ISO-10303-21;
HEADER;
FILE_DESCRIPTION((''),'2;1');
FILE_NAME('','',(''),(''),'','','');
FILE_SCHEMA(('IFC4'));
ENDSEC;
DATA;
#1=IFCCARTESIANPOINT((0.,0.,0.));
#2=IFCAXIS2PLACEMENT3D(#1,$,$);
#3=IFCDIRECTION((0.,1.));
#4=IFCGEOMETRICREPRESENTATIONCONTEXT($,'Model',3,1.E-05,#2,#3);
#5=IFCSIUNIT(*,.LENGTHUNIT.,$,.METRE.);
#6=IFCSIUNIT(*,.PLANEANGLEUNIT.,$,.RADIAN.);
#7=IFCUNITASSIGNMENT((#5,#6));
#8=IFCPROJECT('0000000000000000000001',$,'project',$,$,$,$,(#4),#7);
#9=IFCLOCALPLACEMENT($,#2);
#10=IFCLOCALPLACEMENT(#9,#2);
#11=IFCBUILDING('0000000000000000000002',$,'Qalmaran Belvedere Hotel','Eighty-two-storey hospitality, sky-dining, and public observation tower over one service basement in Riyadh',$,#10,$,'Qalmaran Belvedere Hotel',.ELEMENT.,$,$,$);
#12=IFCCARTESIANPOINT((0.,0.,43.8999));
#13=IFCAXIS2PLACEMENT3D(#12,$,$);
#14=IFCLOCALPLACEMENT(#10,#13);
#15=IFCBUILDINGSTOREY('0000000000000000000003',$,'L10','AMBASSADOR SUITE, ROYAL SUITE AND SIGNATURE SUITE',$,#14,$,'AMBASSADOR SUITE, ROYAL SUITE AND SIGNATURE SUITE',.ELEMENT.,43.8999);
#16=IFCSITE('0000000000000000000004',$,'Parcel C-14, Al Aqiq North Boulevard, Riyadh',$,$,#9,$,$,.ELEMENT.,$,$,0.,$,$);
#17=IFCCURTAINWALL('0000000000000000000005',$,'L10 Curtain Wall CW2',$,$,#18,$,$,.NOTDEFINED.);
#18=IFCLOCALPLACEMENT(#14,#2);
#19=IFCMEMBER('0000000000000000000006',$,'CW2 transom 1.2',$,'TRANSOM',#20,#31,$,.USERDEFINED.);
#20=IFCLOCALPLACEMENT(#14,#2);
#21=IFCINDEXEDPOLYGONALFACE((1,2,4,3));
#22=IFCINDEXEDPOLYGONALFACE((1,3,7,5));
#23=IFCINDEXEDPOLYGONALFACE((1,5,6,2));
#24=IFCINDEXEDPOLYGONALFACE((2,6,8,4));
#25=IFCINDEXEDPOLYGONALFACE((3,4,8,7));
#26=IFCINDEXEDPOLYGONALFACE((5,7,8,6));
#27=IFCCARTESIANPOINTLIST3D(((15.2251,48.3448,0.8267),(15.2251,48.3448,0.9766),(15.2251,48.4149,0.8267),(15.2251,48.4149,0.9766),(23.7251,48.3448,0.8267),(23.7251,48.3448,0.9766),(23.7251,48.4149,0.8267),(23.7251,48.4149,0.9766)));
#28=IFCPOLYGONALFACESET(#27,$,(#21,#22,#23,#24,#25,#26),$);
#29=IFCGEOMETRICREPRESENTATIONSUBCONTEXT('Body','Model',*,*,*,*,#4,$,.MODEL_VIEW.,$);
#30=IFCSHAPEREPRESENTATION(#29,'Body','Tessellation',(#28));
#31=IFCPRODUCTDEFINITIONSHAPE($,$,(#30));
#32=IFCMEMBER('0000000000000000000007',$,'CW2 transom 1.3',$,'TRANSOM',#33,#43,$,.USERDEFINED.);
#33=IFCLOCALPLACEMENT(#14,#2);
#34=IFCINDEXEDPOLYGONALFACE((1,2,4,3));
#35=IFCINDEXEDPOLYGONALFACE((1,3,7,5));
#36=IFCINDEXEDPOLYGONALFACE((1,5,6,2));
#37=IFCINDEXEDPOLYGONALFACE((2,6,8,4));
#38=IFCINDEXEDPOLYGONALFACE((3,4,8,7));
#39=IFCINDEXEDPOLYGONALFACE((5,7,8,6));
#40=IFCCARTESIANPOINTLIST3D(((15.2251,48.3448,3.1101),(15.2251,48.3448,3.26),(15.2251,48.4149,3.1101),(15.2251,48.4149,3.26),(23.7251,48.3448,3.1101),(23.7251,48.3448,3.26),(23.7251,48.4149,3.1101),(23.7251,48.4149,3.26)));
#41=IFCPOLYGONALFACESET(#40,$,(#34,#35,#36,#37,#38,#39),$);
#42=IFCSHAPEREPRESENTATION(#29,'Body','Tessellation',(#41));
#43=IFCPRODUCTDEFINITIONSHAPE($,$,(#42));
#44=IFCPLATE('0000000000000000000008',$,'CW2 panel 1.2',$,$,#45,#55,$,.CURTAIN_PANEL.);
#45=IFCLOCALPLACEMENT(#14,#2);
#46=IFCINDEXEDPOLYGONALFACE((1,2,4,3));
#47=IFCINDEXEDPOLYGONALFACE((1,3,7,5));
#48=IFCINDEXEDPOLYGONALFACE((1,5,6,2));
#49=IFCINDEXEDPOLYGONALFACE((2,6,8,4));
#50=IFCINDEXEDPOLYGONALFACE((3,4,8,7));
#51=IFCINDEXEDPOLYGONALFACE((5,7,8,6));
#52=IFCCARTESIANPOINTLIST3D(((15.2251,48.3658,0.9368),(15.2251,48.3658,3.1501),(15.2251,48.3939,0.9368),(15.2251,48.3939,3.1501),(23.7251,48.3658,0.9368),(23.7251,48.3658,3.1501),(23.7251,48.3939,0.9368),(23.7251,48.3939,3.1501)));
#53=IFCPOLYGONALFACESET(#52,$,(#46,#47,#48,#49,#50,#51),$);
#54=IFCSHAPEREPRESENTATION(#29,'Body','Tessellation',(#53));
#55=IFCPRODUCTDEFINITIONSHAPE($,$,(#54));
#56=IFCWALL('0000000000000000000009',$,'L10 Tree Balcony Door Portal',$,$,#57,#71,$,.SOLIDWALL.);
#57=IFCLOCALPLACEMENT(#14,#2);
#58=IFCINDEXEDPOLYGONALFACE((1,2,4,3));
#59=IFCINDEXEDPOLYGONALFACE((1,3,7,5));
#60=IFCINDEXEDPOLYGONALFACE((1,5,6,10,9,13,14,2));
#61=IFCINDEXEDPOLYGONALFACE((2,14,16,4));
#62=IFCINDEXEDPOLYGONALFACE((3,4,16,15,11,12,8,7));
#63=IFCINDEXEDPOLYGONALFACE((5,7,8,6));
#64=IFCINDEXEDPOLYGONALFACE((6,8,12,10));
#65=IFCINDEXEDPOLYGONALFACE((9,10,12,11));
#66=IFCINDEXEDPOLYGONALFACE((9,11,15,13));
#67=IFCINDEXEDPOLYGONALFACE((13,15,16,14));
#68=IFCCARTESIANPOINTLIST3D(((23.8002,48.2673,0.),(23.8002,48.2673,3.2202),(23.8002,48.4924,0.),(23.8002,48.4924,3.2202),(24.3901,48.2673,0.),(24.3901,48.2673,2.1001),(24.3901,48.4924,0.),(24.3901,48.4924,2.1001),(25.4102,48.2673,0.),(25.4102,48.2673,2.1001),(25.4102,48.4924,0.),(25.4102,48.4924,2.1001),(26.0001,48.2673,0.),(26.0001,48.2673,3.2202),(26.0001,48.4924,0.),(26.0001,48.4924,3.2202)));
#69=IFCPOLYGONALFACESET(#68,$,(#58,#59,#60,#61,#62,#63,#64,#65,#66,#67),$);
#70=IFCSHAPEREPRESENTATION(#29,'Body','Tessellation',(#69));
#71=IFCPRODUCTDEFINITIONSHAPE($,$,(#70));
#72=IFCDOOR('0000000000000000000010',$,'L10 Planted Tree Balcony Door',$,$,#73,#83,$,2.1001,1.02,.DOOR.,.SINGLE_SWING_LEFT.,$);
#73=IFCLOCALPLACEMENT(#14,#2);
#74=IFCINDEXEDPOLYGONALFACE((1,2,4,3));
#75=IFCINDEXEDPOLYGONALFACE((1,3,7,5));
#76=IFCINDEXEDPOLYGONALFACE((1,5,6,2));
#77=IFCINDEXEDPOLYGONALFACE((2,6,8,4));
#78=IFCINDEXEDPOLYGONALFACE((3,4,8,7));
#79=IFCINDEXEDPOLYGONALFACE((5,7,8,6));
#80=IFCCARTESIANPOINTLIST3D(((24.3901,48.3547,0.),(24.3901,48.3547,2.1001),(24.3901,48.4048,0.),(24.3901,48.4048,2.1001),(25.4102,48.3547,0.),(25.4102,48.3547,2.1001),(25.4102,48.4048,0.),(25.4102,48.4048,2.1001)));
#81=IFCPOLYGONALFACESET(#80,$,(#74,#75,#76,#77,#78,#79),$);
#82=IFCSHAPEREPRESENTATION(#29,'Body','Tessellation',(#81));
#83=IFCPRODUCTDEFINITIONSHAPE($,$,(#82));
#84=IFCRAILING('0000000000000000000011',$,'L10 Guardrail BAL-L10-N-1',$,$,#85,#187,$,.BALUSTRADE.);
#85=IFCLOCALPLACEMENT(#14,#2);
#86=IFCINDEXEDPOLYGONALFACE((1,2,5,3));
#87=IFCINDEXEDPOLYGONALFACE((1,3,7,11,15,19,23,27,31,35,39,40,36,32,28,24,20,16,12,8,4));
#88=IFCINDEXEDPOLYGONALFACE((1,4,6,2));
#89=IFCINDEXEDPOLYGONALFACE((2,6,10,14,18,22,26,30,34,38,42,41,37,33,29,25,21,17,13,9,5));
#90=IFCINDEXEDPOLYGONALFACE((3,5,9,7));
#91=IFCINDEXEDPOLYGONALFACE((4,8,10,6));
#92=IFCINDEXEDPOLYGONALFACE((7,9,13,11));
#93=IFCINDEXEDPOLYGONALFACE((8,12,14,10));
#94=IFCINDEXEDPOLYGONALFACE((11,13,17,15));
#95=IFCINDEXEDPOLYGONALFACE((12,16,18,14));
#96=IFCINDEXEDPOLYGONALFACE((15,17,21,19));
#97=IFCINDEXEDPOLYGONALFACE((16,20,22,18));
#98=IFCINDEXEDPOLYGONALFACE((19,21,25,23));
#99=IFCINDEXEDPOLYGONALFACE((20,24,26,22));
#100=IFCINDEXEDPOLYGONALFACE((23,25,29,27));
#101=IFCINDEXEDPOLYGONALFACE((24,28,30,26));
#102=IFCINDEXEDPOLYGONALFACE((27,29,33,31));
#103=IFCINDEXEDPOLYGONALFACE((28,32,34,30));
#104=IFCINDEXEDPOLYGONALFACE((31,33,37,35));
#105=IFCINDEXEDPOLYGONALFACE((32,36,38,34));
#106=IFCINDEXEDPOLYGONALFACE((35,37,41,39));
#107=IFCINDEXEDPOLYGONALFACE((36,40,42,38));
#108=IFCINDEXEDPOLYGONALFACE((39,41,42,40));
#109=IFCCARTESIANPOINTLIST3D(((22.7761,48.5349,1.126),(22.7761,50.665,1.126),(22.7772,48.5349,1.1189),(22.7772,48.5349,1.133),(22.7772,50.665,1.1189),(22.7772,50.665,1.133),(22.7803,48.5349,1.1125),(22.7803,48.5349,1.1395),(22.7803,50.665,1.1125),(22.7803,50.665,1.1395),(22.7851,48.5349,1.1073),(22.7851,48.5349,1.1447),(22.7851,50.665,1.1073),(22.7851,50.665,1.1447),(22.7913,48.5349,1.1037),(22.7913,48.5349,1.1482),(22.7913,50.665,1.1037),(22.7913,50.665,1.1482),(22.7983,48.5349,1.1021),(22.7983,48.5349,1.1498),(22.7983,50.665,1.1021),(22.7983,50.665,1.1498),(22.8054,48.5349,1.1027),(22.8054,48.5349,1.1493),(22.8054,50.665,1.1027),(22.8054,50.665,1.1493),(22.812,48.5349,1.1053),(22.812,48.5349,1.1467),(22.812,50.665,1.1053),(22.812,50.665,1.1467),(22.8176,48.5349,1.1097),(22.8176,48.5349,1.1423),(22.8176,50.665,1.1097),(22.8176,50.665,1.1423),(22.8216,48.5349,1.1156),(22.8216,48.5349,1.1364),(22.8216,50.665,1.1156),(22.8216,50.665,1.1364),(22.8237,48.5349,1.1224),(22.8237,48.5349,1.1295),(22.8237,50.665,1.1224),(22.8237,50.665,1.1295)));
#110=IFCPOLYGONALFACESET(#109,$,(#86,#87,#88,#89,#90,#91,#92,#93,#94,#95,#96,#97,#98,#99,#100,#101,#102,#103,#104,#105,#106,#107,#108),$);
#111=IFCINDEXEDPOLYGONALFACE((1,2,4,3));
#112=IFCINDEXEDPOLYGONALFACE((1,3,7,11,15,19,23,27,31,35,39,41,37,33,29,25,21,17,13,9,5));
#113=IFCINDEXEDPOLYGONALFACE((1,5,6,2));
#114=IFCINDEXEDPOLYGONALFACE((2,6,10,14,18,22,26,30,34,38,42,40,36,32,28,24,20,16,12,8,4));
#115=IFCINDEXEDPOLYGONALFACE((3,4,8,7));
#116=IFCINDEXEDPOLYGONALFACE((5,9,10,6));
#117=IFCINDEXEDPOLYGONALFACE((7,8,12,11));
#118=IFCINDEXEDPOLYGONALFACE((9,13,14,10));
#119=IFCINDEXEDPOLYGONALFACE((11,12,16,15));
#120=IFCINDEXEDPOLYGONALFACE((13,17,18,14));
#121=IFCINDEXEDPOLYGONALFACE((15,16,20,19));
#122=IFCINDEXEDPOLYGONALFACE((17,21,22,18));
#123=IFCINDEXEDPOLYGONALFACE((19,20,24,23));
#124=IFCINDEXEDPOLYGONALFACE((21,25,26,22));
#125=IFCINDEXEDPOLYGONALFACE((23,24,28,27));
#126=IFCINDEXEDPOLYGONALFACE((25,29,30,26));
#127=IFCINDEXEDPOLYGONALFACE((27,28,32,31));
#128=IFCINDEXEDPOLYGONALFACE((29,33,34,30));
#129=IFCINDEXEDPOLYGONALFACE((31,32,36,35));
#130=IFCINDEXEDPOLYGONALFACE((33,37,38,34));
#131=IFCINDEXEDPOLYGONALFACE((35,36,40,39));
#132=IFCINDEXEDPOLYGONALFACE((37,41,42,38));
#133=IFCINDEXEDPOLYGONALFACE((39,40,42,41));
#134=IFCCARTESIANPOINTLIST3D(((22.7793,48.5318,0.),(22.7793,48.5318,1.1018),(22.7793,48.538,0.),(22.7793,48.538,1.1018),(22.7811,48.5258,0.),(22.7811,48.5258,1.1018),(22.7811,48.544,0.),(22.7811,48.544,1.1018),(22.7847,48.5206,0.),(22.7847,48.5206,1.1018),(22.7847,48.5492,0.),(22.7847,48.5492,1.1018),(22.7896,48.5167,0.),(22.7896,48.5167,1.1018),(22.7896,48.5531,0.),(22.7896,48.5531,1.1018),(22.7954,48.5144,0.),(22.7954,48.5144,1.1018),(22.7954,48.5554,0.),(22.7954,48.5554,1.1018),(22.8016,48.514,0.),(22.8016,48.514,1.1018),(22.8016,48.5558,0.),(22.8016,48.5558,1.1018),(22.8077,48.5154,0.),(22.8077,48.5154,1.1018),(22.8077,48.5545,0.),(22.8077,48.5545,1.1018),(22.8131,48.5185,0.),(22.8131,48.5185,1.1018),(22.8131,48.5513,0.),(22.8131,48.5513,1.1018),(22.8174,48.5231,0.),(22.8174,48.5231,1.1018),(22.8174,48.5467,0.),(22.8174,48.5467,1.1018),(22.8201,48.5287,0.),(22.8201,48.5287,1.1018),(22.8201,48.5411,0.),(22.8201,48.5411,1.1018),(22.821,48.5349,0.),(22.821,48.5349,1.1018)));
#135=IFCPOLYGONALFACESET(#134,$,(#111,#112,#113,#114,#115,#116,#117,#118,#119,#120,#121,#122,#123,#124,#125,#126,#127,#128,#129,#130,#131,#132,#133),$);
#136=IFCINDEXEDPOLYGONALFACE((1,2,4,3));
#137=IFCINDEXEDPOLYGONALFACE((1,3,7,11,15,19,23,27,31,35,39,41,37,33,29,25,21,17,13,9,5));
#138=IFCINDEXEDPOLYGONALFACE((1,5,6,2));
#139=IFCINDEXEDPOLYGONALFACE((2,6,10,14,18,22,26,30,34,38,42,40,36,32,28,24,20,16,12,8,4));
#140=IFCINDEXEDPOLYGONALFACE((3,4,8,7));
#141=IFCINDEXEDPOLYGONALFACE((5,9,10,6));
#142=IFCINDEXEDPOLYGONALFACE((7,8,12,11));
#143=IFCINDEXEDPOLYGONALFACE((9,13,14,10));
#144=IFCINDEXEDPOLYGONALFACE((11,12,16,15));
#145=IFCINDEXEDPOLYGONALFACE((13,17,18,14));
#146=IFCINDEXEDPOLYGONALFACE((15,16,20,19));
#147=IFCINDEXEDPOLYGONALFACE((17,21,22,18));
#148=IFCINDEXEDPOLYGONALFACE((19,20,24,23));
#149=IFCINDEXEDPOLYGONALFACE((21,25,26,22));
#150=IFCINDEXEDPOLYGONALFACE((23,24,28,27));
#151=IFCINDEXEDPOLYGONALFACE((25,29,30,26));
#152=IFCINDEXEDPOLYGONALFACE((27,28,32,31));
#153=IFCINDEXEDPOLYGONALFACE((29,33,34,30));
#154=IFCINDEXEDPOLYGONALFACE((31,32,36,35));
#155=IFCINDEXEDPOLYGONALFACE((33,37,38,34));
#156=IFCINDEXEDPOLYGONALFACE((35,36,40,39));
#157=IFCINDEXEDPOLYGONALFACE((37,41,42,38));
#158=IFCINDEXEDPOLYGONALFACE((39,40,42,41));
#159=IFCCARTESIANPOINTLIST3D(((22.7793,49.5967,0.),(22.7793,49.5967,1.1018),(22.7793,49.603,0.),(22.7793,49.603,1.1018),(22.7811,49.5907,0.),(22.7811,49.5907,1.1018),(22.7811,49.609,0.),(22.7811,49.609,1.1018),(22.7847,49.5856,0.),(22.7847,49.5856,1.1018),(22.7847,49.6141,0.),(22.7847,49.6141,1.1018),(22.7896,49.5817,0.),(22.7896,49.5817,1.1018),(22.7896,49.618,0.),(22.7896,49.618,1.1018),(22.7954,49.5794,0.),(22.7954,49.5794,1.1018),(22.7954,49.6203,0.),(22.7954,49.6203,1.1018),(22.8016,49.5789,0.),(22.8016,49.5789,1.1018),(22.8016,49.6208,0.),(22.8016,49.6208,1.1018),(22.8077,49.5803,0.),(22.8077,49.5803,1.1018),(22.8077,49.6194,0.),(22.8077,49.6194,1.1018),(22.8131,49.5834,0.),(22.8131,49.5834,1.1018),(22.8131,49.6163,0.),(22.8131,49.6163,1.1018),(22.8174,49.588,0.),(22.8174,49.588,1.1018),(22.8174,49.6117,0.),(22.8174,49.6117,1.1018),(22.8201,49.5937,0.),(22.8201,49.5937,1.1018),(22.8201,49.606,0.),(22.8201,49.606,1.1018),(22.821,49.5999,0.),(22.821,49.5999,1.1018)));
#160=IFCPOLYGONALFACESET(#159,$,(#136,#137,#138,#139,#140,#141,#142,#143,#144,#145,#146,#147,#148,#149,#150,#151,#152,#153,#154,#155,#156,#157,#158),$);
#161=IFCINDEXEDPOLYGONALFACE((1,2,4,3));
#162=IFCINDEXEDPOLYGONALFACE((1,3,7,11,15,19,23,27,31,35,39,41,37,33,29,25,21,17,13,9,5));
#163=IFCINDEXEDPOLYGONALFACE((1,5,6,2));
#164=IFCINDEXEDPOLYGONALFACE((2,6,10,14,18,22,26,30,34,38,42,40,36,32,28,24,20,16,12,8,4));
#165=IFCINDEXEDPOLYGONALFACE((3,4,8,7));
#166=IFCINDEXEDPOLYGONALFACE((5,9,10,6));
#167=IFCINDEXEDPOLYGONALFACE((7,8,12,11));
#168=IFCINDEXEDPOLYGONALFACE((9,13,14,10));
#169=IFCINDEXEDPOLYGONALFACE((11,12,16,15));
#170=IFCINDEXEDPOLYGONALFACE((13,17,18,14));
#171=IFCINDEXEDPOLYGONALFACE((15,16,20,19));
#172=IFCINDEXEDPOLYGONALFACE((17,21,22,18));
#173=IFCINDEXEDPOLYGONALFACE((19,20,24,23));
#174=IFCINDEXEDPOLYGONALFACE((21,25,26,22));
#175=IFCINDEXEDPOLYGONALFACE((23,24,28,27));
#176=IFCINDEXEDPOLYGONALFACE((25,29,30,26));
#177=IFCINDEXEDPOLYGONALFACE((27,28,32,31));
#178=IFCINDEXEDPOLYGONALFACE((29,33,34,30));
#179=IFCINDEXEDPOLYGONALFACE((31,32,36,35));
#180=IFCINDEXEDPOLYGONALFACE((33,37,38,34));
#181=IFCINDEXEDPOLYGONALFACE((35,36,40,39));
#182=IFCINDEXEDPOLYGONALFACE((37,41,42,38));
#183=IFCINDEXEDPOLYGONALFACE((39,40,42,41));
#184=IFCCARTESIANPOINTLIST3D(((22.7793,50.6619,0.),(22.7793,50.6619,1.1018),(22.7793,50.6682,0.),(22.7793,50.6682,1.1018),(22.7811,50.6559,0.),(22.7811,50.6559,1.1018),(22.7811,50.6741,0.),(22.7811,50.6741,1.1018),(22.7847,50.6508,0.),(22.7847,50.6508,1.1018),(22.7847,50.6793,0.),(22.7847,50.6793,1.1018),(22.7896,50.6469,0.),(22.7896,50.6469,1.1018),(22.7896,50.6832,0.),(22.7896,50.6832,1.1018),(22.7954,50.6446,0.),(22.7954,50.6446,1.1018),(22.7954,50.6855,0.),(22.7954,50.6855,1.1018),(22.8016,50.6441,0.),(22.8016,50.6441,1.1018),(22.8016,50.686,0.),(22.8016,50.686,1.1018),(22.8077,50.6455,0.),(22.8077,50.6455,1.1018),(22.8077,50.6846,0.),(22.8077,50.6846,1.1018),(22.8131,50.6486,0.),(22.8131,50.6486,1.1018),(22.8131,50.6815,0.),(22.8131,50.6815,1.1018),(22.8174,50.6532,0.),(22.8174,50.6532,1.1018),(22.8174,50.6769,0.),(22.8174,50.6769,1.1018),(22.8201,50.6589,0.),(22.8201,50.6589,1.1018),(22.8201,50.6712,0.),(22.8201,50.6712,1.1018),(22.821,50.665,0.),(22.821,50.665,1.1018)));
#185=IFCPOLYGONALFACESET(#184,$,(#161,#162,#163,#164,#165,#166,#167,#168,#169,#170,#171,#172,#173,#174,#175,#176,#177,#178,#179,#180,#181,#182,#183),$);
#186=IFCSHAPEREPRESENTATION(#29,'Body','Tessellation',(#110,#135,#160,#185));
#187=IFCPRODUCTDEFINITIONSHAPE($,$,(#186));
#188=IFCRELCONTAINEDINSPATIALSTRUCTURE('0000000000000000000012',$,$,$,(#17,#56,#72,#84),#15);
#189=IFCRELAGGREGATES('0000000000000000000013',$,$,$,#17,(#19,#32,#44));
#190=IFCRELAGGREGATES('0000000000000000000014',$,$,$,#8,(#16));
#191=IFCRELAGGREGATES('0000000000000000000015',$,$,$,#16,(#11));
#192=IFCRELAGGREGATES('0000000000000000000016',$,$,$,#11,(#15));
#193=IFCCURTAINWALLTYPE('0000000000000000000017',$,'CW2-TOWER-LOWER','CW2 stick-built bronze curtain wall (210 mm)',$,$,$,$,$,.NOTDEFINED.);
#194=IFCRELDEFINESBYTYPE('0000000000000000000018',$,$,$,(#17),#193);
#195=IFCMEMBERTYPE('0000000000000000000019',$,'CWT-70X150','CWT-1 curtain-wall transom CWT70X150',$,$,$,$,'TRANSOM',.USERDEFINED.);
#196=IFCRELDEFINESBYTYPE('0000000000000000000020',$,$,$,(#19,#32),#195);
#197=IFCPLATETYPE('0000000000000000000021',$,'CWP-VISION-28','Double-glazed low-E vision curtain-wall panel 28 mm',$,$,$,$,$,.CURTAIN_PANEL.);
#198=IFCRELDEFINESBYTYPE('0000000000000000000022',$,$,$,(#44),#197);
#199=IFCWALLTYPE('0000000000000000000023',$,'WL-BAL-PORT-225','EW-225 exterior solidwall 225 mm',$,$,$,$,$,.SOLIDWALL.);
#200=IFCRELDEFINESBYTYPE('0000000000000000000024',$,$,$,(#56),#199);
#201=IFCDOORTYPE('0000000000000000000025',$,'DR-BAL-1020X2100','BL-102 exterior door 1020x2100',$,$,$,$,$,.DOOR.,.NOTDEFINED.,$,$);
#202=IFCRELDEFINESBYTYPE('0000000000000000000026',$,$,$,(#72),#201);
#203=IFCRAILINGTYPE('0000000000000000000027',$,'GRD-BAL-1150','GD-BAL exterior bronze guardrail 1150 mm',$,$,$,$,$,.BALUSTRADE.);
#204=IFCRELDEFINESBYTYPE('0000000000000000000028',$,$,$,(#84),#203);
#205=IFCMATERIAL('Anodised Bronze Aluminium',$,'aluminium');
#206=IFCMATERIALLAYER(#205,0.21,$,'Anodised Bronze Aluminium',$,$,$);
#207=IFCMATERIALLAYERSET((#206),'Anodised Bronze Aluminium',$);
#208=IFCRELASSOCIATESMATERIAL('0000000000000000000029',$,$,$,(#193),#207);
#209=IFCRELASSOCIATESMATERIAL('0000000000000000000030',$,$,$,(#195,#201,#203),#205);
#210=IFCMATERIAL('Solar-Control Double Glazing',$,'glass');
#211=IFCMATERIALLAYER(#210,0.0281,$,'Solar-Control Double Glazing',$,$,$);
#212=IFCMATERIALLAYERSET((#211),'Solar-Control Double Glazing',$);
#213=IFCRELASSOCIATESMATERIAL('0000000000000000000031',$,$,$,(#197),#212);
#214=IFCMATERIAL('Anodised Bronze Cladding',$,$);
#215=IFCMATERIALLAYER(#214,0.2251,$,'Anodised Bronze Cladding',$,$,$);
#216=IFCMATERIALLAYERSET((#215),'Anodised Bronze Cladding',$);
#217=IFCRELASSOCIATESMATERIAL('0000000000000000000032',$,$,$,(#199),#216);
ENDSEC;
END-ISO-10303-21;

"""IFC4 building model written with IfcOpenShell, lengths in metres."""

from ifc_helpers import new_model, si_unit, direction, frame, frame_2d, origin, origin_2d, place, context, subcontext, project, spatial, rectangle, circle, extrude, material, layer, layer_set, material_profile, profile_set, type_object, element, fill, aggregate, save


model = new_model("IFC4")

# Units and contexts
model_context = context("Model", 3, precision=1e-05, world=origin(), true_north=direction((0.0, 1.0)))
body_context = subcontext(model_context, "Body", "Model", "MODEL_VIEW")
ifc_project = project(units=[si_unit("LENGTHUNIT", "METRE"), si_unit("PLANEANGLEUNIT", "RADIAN")], contexts=[model_context])

# Site, building, storey
site_placement = place(None, origin())
site = spatial("IfcSite", under=ifc_project, at=site_placement, Name="Parcel C-14, Al Aqiq North Boulevard, Riyadh", CompositionType="ELEMENT", RefElevation=0.0)
building_placement = place(site_placement, origin())
building = spatial("IfcBuilding", under=site, at=building_placement, Name="Qalmaran Belvedere Hotel", Description="Eighty-two-storey hospitality, sky-dining, and public observation tower over one service basement in Riyadh", LongName="Qalmaran Belvedere Hotel", CompositionType="ELEMENT")
storey_placement = place(building_placement, frame((0.0, 0.0, 43.8999)))
storey = spatial("IfcBuildingStorey", under=building, at=storey_placement, Name="L10", Description="AMBASSADOR SUITE, ROYAL SUITE AND SIGNATURE SUITE", LongName="AMBASSADOR SUITE, ROYAL SUITE AND SIGNATURE SUITE", CompositionType="ELEMENT", Elevation=43.8999)

# Curtain wall
ifc_material_1 = material(Name="Anodised Bronze Aluminium", Category="aluminium")
ifc_layer_1 = layer(ifc_material_1, 0.21, Name="Anodised Bronze Aluminium")
ifc_layer_set_1 = layer_set([ifc_layer_1], Name="Anodised Bronze Aluminium")
curtain_wall_type = type_object("IfcCurtainWallType", Name="CW2-TOWER-LOWER", Description="CW2 stick-built bronze curtain wall (210 mm)", PredefinedType="NOTDEFINED", material=ifc_layer_set_1)
curtain_wall_1_placement = place(storey_placement, origin())
curtain_wall_1 = element("IfcCurtainWall", 1, at=curtain_wall_1_placement, inside=storey, type_object=curtain_wall_type, Name="L10 Curtain Wall CW2", PredefinedType="NOTDEFINED")

# Members
ifc_material_profile_1 = material_profile(ifc_material_1, rectangle(XDim=0.0701, YDim=0.1499, at=origin_2d()), Name="CWT70X150")
ifc_profile_set_1 = profile_set([ifc_material_profile_1], Name="Anodised Bronze Aluminium")
member_type_1 = type_object("IfcMemberType", Name="CWT-70X150", Description="CWT-1 curtain-wall transom CWT70X150", ElementType="TRANSOM", PredefinedType="USERDEFINED", material=ifc_profile_set_1)
member_1_placement = place(storey_placement, frame((23.7251, 48.3799, 0.9016), z_axis=(-1.0, 0.0, 0.0), x_axis=(0.0, -1.0, 0.0)))
member_1 = element("IfcMember", 2, at=member_1_placement, type_object=member_type_1, Name="CW2 transom 1.2", ObjectType="TRANSOM", PredefinedType="USERDEFINED", context=body_context, shape_type="SweptSolid", body=[
    extrude(rectangle(XDim=0.0701, YDim=0.1499, at=origin_2d()), origin(), (0.0, 0.0, 1.0), 8.5),
])
member_2_placement = place(storey_placement, frame((23.7251, 48.3799, 3.1851), z_axis=(-1.0, 0.0, 0.0), x_axis=(0.0, -1.0, 0.0)))
member_2 = element("IfcMember", 3, at=member_2_placement, type_object=member_type_1, Name="CW2 transom 1.3", ObjectType="TRANSOM", PredefinedType="USERDEFINED", context=body_context, shape_type="SweptSolid", body=[
    extrude(rectangle(XDim=0.0701, YDim=0.1499, at=origin_2d()), origin(), (0.0, 0.0, 1.0), 8.5),
])

# Plate
ifc_material_2 = material(Name="Solar-Control Double Glazing", Category="glass")
ifc_layer_2 = layer(ifc_material_2, 0.0281, Name="Solar-Control Double Glazing")
ifc_layer_set_2 = layer_set([ifc_layer_2], Name="Solar-Control Double Glazing")
plate_type = type_object("IfcPlateType", Name="CWP-VISION-28", Description="Double-glazed low-E vision curtain-wall panel 28 mm", PredefinedType="CURTAIN_PANEL", material=ifc_layer_set_2)
plate_placement = place(storey_placement, frame((19.4751, 48.3799, 0.9368), z_axis=(0.0, 0.0, 1.0), x_axis=(-1.0, 0.0, 0.0)))
plate = element("IfcPlate", 4, at=plate_placement, type_object=plate_type, Name="CW2 panel 1.2", PredefinedType="CURTAIN_PANEL", context=body_context, shape_type="SweptSolid", body=[
    extrude(rectangle(XDim=8.5, YDim=0.0281, at=origin_2d()), origin(), (0.0, 0.0, 1.0), 2.2134),
])
aggregate(curtain_wall_1, [member_1, member_2, plate])

# Wall, opening, door
ifc_material_3 = material(Name="Anodised Bronze Cladding")
ifc_layer_3 = layer(ifc_material_3, 0.2251, Name="Anodised Bronze Cladding")
ifc_layer_set_3 = layer_set([ifc_layer_3], Name="Anodised Bronze Cladding")
wall_type = type_object("IfcWallType", Name="WL-BAL-PORT-225", Description="EW-225 exterior solidwall 225 mm", PredefinedType="SOLIDWALL", material=ifc_layer_set_3)
wall_placement = place(storey_placement, frame((23.8, 48.3799, 0.0), z_axis=(0.0, 0.0, 1.0), x_axis=(1.0, 0.0, 0.0)))
wall = element("IfcWall", 5, at=wall_placement, inside=storey, type_object=wall_type, Name="L10 Tree Balcony Door Portal", PredefinedType="SOLIDWALL", context=body_context, shape_type="SweptSolid", body=[
    extrude(rectangle(XDim=2.2, YDim=0.2251, at=frame_2d((1.1001, 0.0))), origin(), (0.0, 0.0, 1.0), 3.2202),
])
opening_placement = place(wall_placement, frame((0.5901, 0.0, 0.0)))
opening = element("IfcOpeningElement", 6, at=opening_placement, cuts=wall, PredefinedType="OPENING", context=body_context, shape_type="SweptSolid", body=[
    extrude(rectangle(XDim=1.02, YDim=2.1001, at=frame_2d((0.51, 1.05))), frame((0.0, 0.1226, 0.0), z_axis=(0.0, -1.0, 0.0), x_axis=(1.0, 0.0, 0.0)), (0.0, 0.0, 1.0), 0.2451),
])
door_type = type_object("IfcDoorType", Name="DR-BAL-1020X2100", Description="BL-102 exterior door 1020x2100", OperationType="NOTDEFINED", PredefinedType="DOOR", material=ifc_material_1)
door_placement = place(opening_placement, origin())
door = element("IfcDoor", 7, at=door_placement, inside=storey, type_object=door_type, Name="L10 Planted Tree Balcony Door", OperationType="SINGLE_SWING_LEFT", OverallHeight=2.1001, OverallWidth=1.02, PredefinedType="DOOR", context=body_context, shape_type="SweptSolid", body=[
    extrude(rectangle(XDim=1.02, YDim=2.1001, at=frame_2d((0.51, 1.05))), frame((0.0, 0.0249, 0.0), z_axis=(0.0, -1.0, 0.0), x_axis=(1.0, 0.0, 0.0)), (0.0, 0.0, 1.0), 0.05),
])
fill(opening, door)

# Railing
railing_type = type_object("IfcRailingType", Name="GRD-BAL-1150", Description="GD-BAL exterior bronze guardrail 1150 mm", PredefinedType="BALUSTRADE", material=ifc_material_1)
railing_1_placement = place(storey_placement, frame((22.8, 48.5349, 0.0)))
element("IfcRailing", 8, at=railing_1_placement, inside=storey, type_object=railing_type, Name="L10 Guardrail BAL-L10-N-1", PredefinedType="BALUSTRADE", context=body_context, shape_type="SweptSolid", body=[
    extrude(circle(Radius=0.0239, at=origin_2d()), frame((0.0, 0.0, 1.126), z_axis=(0.0, 1.0, 0.0), x_axis=(-1.0, 0.0, 0.0)), (0.0, 0.0, 1.0), 2.1301),
    extrude(circle(Radius=0.021, at=origin_2d()), origin(), (0.0, 0.0, 1.0), 1.1018),
    extrude(circle(Radius=0.021, at=origin_2d()), frame((0.0, 1.0649, 0.0)), (0.0, 0.0, 1.0), 1.1018),
    extrude(circle(Radius=0.021, at=origin_2d()), frame((0.0, 2.1301, 0.0)), (0.0, 0.0, 1.0), 1.1018),
])

save(model, "model.ifc")
